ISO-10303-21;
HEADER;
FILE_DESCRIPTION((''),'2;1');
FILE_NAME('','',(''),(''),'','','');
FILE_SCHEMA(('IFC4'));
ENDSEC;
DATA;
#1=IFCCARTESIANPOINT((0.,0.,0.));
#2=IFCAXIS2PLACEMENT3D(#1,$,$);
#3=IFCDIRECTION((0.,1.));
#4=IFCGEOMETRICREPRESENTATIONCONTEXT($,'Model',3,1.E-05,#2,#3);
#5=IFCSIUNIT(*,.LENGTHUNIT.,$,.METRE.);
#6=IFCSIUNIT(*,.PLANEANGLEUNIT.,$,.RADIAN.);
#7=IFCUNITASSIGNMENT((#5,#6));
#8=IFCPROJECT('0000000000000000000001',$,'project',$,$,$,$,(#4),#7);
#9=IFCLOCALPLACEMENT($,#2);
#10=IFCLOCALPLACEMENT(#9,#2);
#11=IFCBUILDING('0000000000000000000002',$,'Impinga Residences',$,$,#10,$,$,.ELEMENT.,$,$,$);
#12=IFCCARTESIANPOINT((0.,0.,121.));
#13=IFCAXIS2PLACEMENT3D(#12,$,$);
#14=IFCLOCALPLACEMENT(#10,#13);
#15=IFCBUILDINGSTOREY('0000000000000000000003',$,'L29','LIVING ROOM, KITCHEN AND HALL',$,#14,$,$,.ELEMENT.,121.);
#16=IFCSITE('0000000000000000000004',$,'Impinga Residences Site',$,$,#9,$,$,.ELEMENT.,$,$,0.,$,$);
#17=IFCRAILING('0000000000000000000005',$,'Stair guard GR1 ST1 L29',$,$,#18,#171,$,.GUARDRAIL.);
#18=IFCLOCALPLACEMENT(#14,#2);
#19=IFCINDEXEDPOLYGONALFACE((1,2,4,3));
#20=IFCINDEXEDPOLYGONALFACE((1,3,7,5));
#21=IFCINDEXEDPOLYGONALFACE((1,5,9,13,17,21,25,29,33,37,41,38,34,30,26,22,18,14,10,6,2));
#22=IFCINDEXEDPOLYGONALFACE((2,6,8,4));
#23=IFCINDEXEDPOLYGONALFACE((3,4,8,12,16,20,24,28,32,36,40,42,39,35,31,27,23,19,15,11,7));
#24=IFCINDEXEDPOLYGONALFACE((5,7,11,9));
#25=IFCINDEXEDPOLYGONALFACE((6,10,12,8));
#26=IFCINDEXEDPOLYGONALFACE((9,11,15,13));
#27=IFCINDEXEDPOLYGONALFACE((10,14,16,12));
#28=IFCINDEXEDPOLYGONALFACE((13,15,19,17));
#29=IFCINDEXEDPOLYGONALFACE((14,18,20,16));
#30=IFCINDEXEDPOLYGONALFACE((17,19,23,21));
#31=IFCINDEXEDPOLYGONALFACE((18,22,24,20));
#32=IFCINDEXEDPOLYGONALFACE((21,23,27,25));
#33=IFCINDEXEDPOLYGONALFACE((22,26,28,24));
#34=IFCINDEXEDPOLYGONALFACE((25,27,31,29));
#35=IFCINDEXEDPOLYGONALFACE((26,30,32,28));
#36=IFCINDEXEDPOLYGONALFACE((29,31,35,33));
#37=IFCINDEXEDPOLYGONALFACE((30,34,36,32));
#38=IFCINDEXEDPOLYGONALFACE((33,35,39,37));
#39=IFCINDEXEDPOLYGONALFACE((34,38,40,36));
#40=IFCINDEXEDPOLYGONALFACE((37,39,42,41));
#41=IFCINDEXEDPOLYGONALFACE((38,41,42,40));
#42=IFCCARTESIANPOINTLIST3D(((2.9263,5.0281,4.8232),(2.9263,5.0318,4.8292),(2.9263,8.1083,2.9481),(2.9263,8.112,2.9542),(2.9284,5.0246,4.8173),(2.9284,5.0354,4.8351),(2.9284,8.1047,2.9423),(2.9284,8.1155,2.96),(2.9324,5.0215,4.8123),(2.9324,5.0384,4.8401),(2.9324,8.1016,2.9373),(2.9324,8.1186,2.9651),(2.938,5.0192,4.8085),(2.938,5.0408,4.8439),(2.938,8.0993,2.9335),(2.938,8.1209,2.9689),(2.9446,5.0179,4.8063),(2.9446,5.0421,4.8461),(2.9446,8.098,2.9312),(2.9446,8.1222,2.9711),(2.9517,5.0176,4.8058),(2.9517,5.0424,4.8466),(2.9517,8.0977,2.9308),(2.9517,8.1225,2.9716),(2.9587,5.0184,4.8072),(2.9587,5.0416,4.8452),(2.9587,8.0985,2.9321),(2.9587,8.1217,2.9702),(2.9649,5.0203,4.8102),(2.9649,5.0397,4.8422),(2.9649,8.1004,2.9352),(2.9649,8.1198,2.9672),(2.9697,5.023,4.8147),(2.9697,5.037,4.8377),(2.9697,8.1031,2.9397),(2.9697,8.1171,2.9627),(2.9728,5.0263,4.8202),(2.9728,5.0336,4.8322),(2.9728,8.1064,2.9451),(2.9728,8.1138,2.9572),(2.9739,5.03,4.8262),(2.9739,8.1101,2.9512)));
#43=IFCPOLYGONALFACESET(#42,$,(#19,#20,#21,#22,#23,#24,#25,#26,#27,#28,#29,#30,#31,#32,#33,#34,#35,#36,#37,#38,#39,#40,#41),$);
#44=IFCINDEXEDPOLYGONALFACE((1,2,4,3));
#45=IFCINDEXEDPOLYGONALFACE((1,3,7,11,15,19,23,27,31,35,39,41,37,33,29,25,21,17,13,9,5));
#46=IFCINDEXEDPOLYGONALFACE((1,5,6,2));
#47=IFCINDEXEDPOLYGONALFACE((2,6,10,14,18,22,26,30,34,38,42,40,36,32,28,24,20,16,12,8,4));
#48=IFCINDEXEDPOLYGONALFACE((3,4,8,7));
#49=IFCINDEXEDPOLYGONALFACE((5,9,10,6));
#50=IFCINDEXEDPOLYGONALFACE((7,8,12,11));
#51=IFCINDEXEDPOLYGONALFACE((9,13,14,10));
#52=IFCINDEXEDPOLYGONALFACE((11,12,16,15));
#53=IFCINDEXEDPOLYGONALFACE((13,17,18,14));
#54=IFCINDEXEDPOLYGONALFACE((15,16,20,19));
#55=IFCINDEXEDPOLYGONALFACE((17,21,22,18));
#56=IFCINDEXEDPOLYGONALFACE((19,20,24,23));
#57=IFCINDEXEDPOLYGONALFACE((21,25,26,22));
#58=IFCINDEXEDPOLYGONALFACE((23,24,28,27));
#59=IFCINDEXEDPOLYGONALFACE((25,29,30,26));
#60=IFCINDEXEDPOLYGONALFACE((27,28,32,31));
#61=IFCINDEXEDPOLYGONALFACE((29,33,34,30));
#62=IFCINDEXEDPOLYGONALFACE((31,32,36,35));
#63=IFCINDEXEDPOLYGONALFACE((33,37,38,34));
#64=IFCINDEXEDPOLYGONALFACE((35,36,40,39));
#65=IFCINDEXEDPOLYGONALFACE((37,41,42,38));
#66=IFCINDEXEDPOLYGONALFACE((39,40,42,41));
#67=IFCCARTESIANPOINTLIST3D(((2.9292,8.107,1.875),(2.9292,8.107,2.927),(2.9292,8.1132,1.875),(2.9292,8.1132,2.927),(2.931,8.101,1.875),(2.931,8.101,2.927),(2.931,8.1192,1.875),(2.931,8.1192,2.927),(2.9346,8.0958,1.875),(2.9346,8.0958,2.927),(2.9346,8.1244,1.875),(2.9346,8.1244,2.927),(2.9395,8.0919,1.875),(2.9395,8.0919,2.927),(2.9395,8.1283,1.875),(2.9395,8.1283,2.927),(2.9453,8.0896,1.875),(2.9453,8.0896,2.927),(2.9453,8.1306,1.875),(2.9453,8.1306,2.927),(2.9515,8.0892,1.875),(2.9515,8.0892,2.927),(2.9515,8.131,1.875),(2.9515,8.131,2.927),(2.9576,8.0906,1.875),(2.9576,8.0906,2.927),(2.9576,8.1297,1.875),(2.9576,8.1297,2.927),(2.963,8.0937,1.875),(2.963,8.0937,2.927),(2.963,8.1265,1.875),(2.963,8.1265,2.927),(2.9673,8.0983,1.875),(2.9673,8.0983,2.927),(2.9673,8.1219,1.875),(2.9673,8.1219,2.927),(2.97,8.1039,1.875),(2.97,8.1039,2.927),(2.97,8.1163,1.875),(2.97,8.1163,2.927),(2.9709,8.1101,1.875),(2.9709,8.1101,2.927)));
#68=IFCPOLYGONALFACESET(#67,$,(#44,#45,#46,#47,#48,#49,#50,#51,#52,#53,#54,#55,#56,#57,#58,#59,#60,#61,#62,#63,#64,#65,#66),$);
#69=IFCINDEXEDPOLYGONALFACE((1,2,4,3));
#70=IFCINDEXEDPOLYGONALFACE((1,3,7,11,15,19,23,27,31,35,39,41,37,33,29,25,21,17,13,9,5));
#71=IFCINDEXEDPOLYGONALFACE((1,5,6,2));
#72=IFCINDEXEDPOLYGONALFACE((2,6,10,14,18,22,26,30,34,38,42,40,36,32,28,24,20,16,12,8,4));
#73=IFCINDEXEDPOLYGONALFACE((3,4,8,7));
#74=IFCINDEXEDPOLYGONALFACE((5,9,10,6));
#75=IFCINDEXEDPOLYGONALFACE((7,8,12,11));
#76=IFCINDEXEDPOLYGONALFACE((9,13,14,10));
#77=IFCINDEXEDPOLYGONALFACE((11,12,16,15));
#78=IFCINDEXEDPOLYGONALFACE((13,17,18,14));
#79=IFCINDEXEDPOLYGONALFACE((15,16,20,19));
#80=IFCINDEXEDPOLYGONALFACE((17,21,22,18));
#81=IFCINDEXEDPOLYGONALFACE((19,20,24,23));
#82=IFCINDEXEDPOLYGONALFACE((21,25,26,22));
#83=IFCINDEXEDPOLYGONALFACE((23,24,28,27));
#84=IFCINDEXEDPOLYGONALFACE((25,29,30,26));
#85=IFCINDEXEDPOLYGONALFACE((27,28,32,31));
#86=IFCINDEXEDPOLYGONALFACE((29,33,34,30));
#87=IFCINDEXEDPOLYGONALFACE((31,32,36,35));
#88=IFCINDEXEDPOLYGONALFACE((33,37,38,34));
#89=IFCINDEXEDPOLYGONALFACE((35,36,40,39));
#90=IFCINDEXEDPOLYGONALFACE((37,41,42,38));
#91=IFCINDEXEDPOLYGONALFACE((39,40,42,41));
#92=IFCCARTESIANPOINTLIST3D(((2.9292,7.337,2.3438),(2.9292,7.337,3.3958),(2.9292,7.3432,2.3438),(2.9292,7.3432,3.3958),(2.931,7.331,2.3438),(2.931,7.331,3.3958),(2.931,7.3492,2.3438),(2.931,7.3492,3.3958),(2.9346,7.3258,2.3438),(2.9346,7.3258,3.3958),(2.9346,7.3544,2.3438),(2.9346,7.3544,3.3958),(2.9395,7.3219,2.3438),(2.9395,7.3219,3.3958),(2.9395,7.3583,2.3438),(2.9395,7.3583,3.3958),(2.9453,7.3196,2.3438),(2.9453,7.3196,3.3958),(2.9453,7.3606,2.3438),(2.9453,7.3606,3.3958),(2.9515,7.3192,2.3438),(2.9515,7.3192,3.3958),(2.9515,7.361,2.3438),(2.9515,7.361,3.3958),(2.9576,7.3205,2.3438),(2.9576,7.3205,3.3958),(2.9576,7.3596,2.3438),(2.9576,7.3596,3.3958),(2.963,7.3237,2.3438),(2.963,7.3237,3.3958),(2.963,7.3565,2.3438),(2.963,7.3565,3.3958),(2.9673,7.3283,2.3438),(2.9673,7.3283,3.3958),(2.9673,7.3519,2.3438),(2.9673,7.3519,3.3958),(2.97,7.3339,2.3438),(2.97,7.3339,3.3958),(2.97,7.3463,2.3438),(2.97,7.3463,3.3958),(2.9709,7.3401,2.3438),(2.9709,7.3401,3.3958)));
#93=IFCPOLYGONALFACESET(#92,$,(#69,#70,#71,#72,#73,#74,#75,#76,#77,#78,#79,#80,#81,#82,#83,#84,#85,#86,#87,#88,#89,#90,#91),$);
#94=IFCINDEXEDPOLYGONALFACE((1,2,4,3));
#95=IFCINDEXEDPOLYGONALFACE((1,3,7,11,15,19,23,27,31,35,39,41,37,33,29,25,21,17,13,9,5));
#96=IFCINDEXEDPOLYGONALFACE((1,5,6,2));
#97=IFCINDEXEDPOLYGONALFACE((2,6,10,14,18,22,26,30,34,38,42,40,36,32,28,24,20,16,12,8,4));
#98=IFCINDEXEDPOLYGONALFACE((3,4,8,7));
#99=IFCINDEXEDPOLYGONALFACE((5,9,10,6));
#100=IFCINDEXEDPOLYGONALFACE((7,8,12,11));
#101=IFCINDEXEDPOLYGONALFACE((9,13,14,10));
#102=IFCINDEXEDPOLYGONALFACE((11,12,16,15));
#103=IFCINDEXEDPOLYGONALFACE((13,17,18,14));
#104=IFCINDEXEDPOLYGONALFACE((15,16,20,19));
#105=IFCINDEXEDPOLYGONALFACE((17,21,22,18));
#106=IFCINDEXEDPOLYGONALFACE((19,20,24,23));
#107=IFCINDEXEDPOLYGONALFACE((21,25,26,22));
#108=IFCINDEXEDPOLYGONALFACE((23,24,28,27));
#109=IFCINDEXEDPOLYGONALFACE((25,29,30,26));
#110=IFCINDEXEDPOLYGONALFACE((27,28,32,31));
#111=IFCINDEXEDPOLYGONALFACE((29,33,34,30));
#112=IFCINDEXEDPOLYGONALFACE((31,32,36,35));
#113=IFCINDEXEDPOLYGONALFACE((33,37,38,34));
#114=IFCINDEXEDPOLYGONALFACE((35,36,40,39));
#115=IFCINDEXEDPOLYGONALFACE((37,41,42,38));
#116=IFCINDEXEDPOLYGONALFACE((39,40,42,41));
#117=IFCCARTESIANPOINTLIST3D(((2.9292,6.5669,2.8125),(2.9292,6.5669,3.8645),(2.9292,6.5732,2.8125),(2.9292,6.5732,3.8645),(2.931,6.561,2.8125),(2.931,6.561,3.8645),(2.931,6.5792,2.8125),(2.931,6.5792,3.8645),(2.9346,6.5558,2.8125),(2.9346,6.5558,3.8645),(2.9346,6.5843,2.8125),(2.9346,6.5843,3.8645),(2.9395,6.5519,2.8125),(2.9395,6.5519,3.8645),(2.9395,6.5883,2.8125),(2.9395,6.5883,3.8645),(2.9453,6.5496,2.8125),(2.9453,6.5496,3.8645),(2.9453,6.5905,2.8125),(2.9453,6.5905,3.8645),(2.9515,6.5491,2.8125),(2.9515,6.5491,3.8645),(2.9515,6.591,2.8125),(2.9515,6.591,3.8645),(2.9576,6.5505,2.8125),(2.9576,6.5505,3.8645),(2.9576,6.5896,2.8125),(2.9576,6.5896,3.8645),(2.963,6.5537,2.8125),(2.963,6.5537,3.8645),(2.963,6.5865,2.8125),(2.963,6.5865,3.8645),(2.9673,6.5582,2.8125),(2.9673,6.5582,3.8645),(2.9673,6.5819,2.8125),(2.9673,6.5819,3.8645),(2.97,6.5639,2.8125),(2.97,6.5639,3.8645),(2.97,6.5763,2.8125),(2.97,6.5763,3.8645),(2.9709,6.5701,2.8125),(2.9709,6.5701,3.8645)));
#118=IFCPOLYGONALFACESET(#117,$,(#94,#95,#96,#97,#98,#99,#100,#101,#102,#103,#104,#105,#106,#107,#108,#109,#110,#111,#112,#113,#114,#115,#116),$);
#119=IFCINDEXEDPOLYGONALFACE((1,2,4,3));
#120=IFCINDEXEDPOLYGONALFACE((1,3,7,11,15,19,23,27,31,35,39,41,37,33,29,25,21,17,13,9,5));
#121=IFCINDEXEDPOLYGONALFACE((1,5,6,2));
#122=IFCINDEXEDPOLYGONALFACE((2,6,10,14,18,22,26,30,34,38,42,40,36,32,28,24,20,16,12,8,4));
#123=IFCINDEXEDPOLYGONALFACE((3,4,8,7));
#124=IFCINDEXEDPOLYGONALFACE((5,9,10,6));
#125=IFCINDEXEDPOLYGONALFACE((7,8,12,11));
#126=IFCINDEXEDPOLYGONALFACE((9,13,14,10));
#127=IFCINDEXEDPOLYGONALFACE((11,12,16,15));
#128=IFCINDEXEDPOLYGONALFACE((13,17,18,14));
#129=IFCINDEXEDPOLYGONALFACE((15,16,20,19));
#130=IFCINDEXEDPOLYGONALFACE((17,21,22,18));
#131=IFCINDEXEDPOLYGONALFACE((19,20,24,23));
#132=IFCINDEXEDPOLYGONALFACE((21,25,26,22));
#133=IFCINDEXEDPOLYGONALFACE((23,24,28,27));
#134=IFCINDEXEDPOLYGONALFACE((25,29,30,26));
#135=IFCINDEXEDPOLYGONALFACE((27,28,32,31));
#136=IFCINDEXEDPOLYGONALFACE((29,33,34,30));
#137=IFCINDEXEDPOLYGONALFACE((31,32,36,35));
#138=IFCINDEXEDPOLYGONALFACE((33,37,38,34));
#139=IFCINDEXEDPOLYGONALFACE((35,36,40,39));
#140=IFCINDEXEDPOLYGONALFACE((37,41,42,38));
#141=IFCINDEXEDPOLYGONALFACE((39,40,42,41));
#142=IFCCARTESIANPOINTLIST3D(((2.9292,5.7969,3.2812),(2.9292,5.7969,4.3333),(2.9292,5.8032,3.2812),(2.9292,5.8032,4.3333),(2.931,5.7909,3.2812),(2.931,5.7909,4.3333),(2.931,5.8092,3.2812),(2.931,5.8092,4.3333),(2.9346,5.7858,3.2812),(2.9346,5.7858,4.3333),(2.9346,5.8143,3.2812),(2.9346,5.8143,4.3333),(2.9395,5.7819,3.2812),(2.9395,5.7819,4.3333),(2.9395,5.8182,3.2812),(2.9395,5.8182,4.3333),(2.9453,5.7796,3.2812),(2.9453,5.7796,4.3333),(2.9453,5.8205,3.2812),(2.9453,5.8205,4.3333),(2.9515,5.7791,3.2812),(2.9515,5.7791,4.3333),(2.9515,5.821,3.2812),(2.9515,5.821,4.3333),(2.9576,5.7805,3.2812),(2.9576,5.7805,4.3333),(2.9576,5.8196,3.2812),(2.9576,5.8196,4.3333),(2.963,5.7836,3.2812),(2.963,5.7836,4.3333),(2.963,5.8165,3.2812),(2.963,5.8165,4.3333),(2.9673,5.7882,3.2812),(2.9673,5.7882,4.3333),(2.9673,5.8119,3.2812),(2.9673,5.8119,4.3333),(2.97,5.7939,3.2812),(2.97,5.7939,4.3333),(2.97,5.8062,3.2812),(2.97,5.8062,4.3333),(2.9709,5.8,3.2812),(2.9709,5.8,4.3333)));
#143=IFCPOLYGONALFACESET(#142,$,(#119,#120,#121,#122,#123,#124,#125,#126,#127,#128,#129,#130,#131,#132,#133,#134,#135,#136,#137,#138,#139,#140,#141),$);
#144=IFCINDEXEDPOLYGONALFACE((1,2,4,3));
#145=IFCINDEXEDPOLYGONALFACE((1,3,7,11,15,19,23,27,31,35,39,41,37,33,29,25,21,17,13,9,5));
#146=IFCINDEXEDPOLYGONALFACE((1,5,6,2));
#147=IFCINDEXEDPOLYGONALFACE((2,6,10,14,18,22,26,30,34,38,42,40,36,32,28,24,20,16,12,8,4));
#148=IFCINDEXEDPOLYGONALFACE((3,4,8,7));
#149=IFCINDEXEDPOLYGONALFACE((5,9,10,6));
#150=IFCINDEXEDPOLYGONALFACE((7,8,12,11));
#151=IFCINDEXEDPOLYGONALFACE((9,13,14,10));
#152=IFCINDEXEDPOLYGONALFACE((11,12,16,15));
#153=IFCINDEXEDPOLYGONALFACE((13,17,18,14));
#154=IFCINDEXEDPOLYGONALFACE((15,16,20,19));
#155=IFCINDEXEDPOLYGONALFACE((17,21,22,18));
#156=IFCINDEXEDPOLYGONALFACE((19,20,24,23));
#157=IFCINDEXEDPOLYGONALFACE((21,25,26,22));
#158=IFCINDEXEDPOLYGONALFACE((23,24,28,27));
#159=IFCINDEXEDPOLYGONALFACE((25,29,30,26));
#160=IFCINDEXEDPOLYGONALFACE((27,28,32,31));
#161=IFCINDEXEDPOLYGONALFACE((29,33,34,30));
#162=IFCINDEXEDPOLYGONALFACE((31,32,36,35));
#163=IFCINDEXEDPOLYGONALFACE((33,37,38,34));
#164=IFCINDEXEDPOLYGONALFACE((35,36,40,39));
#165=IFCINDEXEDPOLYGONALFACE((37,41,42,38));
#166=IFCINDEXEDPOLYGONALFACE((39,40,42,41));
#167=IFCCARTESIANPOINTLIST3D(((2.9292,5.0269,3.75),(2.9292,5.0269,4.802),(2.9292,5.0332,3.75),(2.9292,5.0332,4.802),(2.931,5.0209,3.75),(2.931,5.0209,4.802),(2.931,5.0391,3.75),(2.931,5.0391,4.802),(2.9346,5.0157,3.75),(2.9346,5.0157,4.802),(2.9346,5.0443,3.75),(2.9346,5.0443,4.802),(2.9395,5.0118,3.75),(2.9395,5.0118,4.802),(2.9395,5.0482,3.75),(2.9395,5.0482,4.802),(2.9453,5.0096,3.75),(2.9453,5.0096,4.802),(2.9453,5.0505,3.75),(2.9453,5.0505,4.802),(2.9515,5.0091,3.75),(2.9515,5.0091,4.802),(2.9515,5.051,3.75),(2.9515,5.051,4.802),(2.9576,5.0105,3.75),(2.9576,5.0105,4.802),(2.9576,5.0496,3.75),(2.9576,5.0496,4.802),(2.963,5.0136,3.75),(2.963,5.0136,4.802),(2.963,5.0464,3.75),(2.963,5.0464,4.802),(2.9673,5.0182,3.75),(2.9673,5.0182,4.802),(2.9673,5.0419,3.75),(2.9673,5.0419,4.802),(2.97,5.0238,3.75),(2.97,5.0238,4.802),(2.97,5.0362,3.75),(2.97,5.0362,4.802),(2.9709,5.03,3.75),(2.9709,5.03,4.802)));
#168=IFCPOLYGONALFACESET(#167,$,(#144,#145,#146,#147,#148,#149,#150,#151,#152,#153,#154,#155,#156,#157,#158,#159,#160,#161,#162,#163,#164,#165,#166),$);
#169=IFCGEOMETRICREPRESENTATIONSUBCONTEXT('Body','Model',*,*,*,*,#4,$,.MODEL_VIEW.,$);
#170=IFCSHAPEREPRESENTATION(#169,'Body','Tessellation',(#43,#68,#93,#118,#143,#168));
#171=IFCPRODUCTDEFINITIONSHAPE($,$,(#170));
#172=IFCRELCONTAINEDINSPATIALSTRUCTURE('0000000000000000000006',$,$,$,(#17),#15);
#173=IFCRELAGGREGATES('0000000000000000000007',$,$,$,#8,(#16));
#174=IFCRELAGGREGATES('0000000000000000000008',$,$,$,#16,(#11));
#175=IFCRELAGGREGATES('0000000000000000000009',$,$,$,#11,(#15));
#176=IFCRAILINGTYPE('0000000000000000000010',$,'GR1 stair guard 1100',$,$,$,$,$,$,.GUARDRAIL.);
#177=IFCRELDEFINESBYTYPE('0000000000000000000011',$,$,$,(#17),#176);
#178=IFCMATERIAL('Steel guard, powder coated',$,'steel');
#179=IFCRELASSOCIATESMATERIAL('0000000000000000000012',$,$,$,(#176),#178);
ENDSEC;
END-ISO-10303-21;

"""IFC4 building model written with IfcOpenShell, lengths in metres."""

from ifc_helpers import new_model, si_unit, direction, frame, origin, origin_2d, place, context, subcontext, project, spatial, circle, extrude, material, type_object, element, save


model = new_model("IFC4")

# Units and contexts
model_context = context("Model", 3, precision=1e-05, world=origin(), true_north=direction((0.0, 1.0)))
body_context = subcontext(model_context, "Body", "Model", "MODEL_VIEW")
ifc_project = project(units=[si_unit("LENGTHUNIT", "METRE"), si_unit("PLANEANGLEUNIT", "RADIAN")], contexts=[model_context])

# Site, building, storey
site_placement = place(None, origin())
site = spatial("IfcSite", under=ifc_project, at=site_placement, Name="Impinga Residences Site", CompositionType="ELEMENT", RefElevation=0.0)
building_placement = place(site_placement, origin())
building = spatial("IfcBuilding", under=site, at=building_placement, Name="Impinga Residences", CompositionType="ELEMENT")
storey_placement = place(building_placement, frame((0.0, 0.0, 121.0)))
storey = spatial("IfcBuildingStorey", under=building, at=storey_placement, Name="L29", Description="LIVING ROOM, KITCHEN AND HALL", CompositionType="ELEMENT", Elevation=121.0)

# Railing
ifc_material_1 = material(Name="Steel guard, powder coated", Category="steel")
railing_type_1 = type_object("IfcRailingType", Name="GR1 stair guard 1100", PredefinedType="GUARDRAIL", material=ifc_material_1)
railing_1_placement = place(storey_placement, frame((2.95, 8.1101, 1.875)))
element("IfcRailing", 1, at=railing_1_placement, inside=storey, type_object=railing_type_1, Name="Stair guard GR1 ST1 L29", PredefinedType="GUARDRAIL", context=body_context, shape_type="SweptSolid", body=[
    extrude(circle(Radius=0.0239, at=origin_2d()), frame((0.0, 0.0, 1.0762), z_axis=(0.0, -0.854178, 0.519981), x_axis=(1.0, 0.0, 0.0)), (0.0, 0.0, 1.0), 3.606),
    extrude(circle(Radius=0.021, at=origin_2d()), origin(), (0.0, 0.0, 1.0), 1.052),
    extrude(circle(Radius=0.021, at=origin_2d()), frame((0.0, -0.77, 0.4688)), (0.0, 0.0, 1.0), 1.052),
    extrude(circle(Radius=0.021, at=origin_2d()), frame((0.0, -1.54, 0.9375)), (0.0, 0.0, 1.0), 1.052),
    extrude(circle(Radius=0.021, at=origin_2d()), frame((0.0, -2.3101, 1.4062)), (0.0, 0.0, 1.0), 1.052),
    extrude(circle(Radius=0.021, at=origin_2d()), frame((0.0, -3.0801, 1.875)), (0.0, 0.0, 1.0), 1.052),
])

save(model, "model.ifc")
